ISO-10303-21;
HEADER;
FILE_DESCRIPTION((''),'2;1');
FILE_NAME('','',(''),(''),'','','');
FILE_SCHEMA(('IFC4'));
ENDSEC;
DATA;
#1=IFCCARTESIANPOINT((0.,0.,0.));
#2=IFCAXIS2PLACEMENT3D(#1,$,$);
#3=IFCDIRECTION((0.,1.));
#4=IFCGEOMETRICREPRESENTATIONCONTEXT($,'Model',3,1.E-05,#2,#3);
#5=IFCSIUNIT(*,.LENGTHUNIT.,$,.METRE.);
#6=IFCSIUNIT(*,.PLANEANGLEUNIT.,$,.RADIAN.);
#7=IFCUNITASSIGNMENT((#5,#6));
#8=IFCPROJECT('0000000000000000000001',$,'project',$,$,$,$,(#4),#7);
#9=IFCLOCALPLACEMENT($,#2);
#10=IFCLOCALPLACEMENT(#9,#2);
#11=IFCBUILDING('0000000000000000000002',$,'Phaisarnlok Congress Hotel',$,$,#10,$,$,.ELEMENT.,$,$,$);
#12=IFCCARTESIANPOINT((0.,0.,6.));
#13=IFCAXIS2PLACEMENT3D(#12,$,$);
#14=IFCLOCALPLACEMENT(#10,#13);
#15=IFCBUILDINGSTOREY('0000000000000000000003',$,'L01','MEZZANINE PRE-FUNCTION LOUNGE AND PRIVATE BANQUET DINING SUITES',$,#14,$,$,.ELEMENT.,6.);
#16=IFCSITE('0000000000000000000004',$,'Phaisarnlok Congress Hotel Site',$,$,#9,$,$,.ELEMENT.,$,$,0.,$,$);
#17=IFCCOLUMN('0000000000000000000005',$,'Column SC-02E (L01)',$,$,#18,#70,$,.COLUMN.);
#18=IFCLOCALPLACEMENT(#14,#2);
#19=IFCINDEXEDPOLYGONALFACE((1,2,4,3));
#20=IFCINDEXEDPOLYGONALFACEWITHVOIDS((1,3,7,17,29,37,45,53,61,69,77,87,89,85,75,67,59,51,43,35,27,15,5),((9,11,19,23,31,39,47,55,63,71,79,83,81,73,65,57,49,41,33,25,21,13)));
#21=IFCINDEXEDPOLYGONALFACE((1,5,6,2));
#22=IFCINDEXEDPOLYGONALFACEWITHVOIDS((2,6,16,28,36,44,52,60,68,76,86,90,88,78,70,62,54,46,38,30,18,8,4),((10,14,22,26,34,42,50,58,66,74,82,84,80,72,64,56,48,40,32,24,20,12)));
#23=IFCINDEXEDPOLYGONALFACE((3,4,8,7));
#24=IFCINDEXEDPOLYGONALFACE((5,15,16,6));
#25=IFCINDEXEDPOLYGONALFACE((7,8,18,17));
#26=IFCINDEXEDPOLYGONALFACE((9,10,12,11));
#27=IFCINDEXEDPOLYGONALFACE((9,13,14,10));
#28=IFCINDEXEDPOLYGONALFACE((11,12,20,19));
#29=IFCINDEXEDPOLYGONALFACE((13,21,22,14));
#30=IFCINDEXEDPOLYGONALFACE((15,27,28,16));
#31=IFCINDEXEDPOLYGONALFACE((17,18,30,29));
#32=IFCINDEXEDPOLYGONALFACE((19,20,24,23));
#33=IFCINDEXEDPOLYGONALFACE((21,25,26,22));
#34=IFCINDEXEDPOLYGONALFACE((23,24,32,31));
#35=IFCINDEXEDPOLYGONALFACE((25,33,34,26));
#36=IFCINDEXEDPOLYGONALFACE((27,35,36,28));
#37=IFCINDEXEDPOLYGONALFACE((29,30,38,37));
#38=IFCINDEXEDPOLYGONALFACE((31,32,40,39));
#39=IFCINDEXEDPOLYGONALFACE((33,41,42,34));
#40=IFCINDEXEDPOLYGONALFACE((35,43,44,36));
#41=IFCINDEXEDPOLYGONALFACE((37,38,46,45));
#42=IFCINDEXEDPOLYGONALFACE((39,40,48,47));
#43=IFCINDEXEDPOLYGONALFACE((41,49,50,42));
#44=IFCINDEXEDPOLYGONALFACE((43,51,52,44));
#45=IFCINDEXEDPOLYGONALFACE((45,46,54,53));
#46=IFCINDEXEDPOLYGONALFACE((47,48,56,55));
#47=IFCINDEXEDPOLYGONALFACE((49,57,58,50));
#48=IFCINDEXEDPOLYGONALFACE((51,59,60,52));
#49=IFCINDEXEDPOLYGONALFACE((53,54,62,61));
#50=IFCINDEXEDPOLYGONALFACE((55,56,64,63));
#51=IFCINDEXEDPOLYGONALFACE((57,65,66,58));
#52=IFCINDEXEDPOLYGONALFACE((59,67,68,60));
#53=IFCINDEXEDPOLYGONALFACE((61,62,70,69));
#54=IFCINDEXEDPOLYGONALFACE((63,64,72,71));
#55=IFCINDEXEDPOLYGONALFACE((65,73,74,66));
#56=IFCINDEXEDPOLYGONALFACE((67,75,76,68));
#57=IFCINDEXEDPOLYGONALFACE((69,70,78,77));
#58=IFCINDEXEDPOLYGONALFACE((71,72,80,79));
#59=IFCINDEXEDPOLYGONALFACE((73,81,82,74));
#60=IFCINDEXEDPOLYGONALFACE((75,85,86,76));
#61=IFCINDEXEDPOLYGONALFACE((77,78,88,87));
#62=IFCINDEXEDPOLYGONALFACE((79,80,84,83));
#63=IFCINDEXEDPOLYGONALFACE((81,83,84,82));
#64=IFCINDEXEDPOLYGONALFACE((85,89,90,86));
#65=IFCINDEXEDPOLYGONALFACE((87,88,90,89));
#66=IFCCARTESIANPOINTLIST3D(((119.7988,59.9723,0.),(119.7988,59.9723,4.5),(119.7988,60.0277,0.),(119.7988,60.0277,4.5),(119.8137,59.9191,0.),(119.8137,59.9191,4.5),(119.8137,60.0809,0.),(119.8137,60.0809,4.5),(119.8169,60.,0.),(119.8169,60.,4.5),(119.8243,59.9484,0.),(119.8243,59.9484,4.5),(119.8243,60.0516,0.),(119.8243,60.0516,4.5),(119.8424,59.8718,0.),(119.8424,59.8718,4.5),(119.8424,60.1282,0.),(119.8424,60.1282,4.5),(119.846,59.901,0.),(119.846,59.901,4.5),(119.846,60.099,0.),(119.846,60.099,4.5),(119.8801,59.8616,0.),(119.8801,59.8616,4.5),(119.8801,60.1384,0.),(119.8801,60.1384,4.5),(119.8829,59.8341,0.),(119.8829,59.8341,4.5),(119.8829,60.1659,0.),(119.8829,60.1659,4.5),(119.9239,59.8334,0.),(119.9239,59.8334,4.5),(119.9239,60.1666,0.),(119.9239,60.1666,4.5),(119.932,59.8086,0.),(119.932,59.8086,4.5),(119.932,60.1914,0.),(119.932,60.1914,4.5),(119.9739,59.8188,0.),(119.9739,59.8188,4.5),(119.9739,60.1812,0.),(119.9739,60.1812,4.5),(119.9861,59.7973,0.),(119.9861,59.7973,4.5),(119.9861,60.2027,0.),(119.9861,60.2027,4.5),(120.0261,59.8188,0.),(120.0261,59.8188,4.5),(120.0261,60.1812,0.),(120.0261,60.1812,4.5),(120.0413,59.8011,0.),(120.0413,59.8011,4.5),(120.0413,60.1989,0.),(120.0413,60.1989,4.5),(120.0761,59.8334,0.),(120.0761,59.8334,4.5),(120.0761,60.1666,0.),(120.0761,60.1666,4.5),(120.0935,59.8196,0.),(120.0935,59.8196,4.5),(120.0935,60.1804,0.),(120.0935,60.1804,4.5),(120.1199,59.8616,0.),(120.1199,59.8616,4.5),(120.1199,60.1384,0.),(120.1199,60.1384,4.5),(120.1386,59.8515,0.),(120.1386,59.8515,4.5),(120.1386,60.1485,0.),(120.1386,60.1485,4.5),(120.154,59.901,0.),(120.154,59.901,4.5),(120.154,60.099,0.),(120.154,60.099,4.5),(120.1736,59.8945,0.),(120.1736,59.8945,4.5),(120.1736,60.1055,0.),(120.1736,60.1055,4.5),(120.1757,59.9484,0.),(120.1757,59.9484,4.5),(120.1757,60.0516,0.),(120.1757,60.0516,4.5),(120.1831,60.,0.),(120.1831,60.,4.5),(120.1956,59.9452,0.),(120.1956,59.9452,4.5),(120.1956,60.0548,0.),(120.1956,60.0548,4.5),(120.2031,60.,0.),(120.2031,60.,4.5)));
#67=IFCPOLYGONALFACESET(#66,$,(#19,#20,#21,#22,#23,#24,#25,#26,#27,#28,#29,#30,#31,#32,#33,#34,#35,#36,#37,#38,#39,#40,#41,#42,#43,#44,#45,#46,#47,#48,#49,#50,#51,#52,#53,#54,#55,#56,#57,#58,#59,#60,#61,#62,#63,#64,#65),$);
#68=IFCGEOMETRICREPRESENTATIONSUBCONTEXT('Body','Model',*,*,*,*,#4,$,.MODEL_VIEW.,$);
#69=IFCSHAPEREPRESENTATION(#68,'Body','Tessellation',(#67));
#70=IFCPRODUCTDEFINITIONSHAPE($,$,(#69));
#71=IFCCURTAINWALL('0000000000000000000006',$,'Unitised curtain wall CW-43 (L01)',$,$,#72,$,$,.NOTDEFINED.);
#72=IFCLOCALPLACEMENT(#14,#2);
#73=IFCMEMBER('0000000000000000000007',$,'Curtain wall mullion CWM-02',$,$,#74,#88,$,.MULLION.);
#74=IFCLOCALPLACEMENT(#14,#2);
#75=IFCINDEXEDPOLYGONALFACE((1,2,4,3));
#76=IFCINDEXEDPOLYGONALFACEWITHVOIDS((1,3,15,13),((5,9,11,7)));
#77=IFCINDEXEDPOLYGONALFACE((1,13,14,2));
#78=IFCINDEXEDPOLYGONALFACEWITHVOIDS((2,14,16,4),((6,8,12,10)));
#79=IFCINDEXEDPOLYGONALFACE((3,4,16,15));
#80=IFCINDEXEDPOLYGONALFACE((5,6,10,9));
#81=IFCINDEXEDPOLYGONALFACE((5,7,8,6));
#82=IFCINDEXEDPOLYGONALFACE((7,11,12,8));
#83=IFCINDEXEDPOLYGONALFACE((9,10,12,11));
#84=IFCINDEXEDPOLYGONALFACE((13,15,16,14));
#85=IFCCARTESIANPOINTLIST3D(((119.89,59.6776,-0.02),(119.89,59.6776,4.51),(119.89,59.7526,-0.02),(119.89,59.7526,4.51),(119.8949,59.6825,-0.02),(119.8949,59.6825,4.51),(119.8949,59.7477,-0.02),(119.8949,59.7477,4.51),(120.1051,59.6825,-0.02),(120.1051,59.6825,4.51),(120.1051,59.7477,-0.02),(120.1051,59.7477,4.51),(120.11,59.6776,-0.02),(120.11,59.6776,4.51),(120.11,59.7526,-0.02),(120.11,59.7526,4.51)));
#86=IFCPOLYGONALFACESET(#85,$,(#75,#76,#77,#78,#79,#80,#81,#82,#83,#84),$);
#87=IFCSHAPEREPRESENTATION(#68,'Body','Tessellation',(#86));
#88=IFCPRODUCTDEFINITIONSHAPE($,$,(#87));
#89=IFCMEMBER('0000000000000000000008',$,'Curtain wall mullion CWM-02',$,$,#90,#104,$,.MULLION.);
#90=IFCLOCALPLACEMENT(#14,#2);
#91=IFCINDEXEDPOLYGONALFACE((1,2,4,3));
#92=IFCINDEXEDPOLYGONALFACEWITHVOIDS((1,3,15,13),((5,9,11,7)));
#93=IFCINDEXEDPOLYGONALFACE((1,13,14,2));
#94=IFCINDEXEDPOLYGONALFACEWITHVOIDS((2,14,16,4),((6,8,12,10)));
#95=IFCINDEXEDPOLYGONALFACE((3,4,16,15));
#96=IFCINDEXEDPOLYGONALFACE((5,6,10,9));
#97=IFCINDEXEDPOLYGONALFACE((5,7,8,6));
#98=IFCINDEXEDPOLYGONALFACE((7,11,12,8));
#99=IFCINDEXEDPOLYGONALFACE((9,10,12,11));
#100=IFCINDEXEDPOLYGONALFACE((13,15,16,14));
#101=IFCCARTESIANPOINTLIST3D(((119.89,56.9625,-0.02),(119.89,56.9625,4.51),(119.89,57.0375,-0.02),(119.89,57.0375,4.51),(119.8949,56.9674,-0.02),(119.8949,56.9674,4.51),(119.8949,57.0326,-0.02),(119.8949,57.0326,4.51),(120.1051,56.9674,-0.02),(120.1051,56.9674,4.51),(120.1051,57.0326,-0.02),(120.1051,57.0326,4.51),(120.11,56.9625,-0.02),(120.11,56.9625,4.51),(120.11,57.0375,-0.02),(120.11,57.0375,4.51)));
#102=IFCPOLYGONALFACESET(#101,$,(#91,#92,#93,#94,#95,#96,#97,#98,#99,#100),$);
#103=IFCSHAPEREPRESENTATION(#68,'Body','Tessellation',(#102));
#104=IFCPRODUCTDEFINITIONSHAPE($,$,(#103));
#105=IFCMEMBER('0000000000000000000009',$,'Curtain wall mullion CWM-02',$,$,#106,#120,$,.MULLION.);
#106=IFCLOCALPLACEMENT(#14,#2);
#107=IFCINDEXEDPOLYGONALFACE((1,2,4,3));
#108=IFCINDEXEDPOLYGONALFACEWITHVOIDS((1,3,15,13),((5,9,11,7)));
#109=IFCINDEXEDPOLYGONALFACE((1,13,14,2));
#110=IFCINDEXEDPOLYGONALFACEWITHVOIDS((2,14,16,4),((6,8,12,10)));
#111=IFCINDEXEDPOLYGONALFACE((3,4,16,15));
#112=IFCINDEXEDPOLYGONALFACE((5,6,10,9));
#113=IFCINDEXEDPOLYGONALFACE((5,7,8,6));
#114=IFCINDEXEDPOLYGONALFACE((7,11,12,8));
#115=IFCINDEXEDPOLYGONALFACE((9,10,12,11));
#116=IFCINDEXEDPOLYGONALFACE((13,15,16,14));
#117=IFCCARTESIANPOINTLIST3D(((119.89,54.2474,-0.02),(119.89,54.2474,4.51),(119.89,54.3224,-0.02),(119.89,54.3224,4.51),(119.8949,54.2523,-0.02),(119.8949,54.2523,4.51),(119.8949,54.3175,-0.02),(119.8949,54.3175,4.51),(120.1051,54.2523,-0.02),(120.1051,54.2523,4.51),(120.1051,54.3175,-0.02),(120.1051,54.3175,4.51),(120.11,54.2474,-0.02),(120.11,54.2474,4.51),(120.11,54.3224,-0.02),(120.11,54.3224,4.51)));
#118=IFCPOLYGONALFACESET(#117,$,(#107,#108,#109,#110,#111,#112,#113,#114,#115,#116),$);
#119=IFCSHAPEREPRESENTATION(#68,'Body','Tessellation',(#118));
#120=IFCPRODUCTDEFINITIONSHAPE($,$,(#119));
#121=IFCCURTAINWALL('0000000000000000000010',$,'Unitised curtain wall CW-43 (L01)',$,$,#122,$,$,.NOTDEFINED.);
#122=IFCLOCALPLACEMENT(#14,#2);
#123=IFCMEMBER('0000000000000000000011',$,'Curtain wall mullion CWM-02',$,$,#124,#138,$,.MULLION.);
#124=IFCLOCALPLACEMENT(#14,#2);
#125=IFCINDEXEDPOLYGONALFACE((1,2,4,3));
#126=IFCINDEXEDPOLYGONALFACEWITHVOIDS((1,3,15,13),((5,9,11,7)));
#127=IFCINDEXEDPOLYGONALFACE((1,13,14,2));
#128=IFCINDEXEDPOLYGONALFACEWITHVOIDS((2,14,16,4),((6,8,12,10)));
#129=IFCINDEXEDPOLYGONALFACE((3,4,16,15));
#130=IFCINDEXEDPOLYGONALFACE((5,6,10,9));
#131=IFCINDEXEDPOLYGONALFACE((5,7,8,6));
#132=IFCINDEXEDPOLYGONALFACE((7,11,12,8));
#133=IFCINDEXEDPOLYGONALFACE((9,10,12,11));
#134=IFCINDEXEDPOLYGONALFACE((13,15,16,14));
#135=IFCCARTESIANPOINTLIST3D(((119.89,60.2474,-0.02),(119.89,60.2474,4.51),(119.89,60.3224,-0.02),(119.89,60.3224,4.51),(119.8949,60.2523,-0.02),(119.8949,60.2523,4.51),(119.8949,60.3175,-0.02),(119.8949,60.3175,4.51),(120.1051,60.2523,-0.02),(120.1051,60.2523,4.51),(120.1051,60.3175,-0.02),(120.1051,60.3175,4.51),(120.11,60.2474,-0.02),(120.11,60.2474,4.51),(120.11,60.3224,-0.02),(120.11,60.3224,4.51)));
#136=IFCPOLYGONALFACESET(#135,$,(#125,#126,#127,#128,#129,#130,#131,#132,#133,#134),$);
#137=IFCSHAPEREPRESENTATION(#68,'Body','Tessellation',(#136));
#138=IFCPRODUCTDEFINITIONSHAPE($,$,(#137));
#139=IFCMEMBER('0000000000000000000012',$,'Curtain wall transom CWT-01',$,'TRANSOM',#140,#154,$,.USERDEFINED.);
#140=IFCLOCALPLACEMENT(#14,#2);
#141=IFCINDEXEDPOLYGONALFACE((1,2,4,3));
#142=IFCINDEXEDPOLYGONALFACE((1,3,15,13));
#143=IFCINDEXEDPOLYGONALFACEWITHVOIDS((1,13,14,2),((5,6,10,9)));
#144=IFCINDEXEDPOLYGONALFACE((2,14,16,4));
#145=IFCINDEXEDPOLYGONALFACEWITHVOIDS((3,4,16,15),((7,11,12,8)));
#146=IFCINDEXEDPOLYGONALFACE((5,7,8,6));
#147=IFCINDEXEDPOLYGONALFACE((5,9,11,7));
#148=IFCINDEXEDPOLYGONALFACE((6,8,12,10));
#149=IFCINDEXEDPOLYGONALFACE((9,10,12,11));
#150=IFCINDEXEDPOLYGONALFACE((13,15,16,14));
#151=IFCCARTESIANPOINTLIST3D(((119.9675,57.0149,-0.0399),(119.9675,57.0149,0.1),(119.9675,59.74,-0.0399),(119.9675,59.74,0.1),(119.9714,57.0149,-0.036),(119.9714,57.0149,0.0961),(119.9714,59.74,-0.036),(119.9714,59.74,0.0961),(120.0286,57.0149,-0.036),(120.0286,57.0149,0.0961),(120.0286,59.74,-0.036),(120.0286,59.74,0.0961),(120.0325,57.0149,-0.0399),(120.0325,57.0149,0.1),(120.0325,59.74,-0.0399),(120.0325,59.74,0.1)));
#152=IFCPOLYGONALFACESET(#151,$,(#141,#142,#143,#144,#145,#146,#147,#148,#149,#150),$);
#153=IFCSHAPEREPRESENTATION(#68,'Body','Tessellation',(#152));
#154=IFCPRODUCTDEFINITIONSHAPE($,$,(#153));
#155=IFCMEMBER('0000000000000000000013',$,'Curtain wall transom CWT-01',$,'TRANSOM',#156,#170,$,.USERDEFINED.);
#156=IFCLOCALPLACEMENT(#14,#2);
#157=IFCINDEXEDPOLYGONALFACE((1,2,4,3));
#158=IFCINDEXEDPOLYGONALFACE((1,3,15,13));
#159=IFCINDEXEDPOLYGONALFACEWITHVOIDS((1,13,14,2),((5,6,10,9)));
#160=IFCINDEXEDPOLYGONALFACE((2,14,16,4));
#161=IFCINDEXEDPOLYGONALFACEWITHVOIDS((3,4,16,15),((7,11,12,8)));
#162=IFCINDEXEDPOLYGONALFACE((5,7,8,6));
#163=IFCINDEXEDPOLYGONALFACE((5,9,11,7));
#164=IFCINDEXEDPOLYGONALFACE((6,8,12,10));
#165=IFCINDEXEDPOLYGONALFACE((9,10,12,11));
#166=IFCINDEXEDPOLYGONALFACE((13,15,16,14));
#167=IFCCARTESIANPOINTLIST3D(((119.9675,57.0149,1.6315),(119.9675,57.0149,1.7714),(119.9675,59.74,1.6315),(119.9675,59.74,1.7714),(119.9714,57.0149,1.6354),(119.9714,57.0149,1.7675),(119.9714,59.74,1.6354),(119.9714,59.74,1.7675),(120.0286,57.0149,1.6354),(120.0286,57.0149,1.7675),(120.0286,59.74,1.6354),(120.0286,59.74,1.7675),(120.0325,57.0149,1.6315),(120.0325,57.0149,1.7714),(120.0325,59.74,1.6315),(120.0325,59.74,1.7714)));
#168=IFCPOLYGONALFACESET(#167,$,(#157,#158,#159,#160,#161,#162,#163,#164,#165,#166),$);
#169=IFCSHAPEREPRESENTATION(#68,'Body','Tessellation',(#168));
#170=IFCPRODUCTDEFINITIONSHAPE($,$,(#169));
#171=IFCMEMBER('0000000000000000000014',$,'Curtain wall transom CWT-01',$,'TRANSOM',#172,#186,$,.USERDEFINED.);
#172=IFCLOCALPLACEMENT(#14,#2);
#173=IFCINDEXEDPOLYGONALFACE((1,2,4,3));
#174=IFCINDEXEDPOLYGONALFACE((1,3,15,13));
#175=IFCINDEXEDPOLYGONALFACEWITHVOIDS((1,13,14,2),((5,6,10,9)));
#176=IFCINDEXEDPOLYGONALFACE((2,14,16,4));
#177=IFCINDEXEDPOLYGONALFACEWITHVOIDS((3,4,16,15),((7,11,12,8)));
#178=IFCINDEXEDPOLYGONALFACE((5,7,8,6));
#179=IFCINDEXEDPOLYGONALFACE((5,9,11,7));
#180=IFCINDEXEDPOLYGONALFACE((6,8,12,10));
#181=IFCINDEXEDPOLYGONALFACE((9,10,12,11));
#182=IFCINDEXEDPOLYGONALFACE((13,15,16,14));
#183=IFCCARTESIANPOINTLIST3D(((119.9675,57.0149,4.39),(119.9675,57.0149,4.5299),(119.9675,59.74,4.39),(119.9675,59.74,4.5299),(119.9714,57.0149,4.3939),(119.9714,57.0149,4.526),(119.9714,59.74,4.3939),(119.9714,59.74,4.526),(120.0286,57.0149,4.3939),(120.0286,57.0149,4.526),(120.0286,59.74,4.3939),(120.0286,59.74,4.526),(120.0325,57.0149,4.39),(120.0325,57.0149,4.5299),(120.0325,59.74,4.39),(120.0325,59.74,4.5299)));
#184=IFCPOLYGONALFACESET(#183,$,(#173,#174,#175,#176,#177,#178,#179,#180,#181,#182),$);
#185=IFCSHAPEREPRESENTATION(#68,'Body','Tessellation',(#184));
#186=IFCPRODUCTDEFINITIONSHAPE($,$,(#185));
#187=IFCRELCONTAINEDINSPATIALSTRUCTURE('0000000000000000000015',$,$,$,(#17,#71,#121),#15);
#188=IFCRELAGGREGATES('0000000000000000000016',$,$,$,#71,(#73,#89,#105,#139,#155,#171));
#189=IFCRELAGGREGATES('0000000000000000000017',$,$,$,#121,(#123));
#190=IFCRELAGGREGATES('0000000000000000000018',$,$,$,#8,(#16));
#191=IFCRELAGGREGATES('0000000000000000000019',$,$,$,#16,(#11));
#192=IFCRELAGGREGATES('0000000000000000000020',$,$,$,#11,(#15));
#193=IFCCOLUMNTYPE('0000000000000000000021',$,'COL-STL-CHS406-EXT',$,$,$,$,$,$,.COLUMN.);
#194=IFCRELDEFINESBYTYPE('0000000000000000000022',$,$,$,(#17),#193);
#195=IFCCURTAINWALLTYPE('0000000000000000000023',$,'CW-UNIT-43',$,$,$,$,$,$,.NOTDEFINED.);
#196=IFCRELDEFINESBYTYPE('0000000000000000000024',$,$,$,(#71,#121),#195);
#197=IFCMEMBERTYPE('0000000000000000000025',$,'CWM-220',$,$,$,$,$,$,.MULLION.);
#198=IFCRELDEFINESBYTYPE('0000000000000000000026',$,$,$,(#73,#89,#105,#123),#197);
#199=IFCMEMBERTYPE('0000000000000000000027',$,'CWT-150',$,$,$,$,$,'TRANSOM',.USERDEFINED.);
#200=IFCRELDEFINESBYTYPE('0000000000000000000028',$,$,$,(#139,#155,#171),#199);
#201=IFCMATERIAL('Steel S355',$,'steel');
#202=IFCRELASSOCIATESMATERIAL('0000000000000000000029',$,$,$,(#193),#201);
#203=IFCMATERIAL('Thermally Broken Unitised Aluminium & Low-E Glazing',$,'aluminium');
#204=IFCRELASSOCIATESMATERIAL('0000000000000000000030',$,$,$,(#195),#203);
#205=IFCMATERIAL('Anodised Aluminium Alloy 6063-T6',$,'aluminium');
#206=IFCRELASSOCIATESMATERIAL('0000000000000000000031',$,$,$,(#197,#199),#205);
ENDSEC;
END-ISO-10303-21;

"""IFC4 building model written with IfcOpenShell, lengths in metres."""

from ifc_helpers import new_model, si_unit, direction, frame, origin, origin_2d, place, context, subcontext, project, spatial, hollow_rectangle, hollow_circle, extrude, material, material_profile, profile_set, type_object, element, aggregate, save


model = new_model("IFC4")

# Units and contexts
model_context = context("Model", 3, precision=1e-05, world=origin(), true_north=direction((0.0, 1.0)))
body_context = subcontext(model_context, "Body", "Model", "MODEL_VIEW")
ifc_project = project(units=[si_unit("LENGTHUNIT", "METRE"), si_unit("PLANEANGLEUNIT", "RADIAN")], contexts=[model_context])

# Site, building, storey
site_placement = place(None, origin())
site = spatial("IfcSite", under=ifc_project, at=site_placement, Name="Phaisarnlok Congress Hotel Site", CompositionType="ELEMENT", RefElevation=0.0)
building_placement = place(site_placement, origin())
building = spatial("IfcBuilding", under=site, at=building_placement, Name="Phaisarnlok Congress Hotel", CompositionType="ELEMENT")
storey_placement = place(building_placement, frame((0.0, 0.0, 6.0)))
storey = spatial("IfcBuildingStorey", under=building, at=storey_placement, Name="L01", Description="MEZZANINE PRE-FUNCTION LOUNGE AND PRIVATE BANQUET DINING SUITES", CompositionType="ELEMENT", Elevation=6.0)

# Column
ifc_material_1 = material(Name="Steel S355", Category="steel")
ifc_material_profile_1 = material_profile(ifc_material_1, hollow_circle(Radius=0.2031, WallThickness=0.02, at=origin_2d()), Name="CHS 406.4x20")
ifc_profile_set_1 = profile_set([ifc_material_profile_1], Name="Steel S355")
column_type = type_object("IfcColumnType", Name="COL-STL-CHS406-EXT", PredefinedType="COLUMN", material=ifc_profile_set_1)
column_placement = place(storey_placement, frame((120.0, 60.0, 0.0), z_axis=(0.0, 0.0, 1.0), x_axis=(1.0, 0.0, 0.0)))
element("IfcColumn", 1, at=column_placement, inside=storey, type_object=column_type, Name="Column SC-02E (L01)", PredefinedType="COLUMN", context=body_context, shape_type="SweptSolid", body=[
    extrude(hollow_circle(Radius=0.2031, WallThickness=0.02, at=origin_2d()), origin(), (0.0, 0.0, 1.0), 4.5),
])

# Curtain wall, members
ifc_material_2 = material(Name="Thermally Broken Unitised Aluminium & Low-E Glazing", Category="aluminium")
curtain_wall_type = type_object("IfcCurtainWallType", Name="CW-UNIT-43", PredefinedType="NOTDEFINED", material=ifc_material_2)
curtain_wall_1_placement = place(storey_placement, origin())
curtain_wall_1 = element("IfcCurtainWall", 2, at=curtain_wall_1_placement, inside=storey, type_object=curtain_wall_type, Name="Unitised curtain wall CW-43 (L01)", PredefinedType="NOTDEFINED")
ifc_material_3 = material(Name="Anodised Aluminium Alloy 6063-T6", Category="aluminium")
ifc_material_profile_2 = material_profile(ifc_material_3, hollow_rectangle(XDim=0.075, YDim=0.22, WallThickness=0.0049, at=origin_2d()), Name="ALU-M 75x220x5")
ifc_profile_set_2 = profile_set([ifc_material_profile_2], Name="Anodised Aluminium Alloy 6063-T6")
member_type_1 = type_object("IfcMemberType", Name="CWM-220", PredefinedType="MULLION", material=ifc_profile_set_2)
member_1_placement = place(storey_placement, frame((120.0, 59.7151, -0.02), z_axis=(0.0, 0.0, 1.0), x_axis=(0.0, -1.0, 0.0)))
member_1 = element("IfcMember", 3, at=member_1_placement, type_object=member_type_1, Name="Curtain wall mullion CWM-02", PredefinedType="MULLION", context=body_context, shape_type="SweptSolid", body=[
    extrude(hollow_rectangle(XDim=0.075, YDim=0.22, WallThickness=0.0049, at=origin_2d()), origin(), (0.0, 0.0, 1.0), 4.53),
])
member_2_placement = place(storey_placement, frame((120.0, 57.0, -0.02), z_axis=(0.0, 0.0, 1.0), x_axis=(0.0, -1.0, 0.0)))
member_2 = element("IfcMember", 4, at=member_2_placement, type_object=member_type_1, Name="Curtain wall mullion CWM-02", PredefinedType="MULLION", context=body_context, shape_type="SweptSolid", body=[
    extrude(hollow_rectangle(XDim=0.075, YDim=0.22, WallThickness=0.0049, at=origin_2d()), origin(), (0.0, 0.0, 1.0), 4.53),
])
member_3_placement = place(storey_placement, frame((120.0, 54.2849, -0.02), z_axis=(0.0, 0.0, 1.0), x_axis=(0.0, -1.0, 0.0)))
member_3 = element("IfcMember", 5, at=member_3_placement, type_object=member_type_1, Name="Curtain wall mullion CWM-02", PredefinedType="MULLION", context=body_context, shape_type="SweptSolid", body=[
    extrude(hollow_rectangle(XDim=0.075, YDim=0.22, WallThickness=0.0049, at=origin_2d()), origin(), (0.0, 0.0, 1.0), 4.53),
])

# Curtain wall, member
curtain_wall_2_placement = place(storey_placement, origin())
curtain_wall_2 = element("IfcCurtainWall", 6, at=curtain_wall_2_placement, inside=storey, type_object=curtain_wall_type, Name="Unitised curtain wall CW-43 (L01)", PredefinedType="NOTDEFINED")
member_4_placement = place(storey_placement, frame((120.0, 60.2849, -0.02), z_axis=(0.0, 0.0, 1.0), x_axis=(0.0, -1.0, 0.0)))
member_4 = element("IfcMember", 7, at=member_4_placement, type_object=member_type_1, Name="Curtain wall mullion CWM-02", PredefinedType="MULLION", context=body_context, shape_type="SweptSolid", body=[
    extrude(hollow_rectangle(XDim=0.075, YDim=0.22, WallThickness=0.0049, at=origin_2d()), origin(), (0.0, 0.0, 1.0), 4.53),
])

# Members
ifc_material_profile_3 = material_profile(ifc_material_3, hollow_rectangle(XDim=0.0649, YDim=0.1399, WallThickness=0.0039, at=origin_2d()), Name="ALU-T 65x140x4")
ifc_profile_set_3 = profile_set([ifc_material_profile_3], Name="Anodised Aluminium Alloy 6063-T6")
member_type_2 = type_object("IfcMemberType", Name="CWT-150", ElementType="TRANSOM", PredefinedType="USERDEFINED", material=ifc_profile_set_3)
member_5_placement = place(storey_placement, frame((120.0, 59.74, 0.03), z_axis=(0.0, -1.0, 0.0), x_axis=(1.0, 0.0, 0.0)))
member_5 = element("IfcMember", 8, at=member_5_placement, type_object=member_type_2, Name="Curtain wall transom CWT-01", ObjectType="TRANSOM", PredefinedType="USERDEFINED", context=body_context, shape_type="SweptSolid", body=[
    extrude(hollow_rectangle(XDim=0.0649, YDim=0.1399, WallThickness=0.0039, at=origin_2d()), origin(), (0.0, 0.0, 1.0), 2.7251),
])
member_6_placement = place(storey_placement, frame((120.0, 59.74, 1.7014), z_axis=(0.0, -1.0, 0.0), x_axis=(1.0, 0.0, 0.0)))
member_6 = element("IfcMember", 9, at=member_6_placement, type_object=member_type_2, Name="Curtain wall transom CWT-01", ObjectType="TRANSOM", PredefinedType="USERDEFINED", context=body_context, shape_type="SweptSolid", body=[
    extrude(hollow_rectangle(XDim=0.0649, YDim=0.1399, WallThickness=0.0039, at=origin_2d()), origin(), (0.0, 0.0, 1.0), 2.7251),
])
member_7_placement = place(storey_placement, frame((120.0, 59.74, 4.46), z_axis=(0.0, -1.0, 0.0), x_axis=(1.0, 0.0, 0.0)))
member_7 = element("IfcMember", 10, at=member_7_placement, type_object=member_type_2, Name="Curtain wall transom CWT-01", ObjectType="TRANSOM", PredefinedType="USERDEFINED", context=body_context, shape_type="SweptSolid", body=[
    extrude(hollow_rectangle(XDim=0.0649, YDim=0.1399, WallThickness=0.0039, at=origin_2d()), origin(), (0.0, 0.0, 1.0), 2.7251),
])

aggregate(curtain_wall_1, [member_1, member_2, member_3, member_5, member_6, member_7])
aggregate(curtain_wall_2, [member_4])

save(model, "model.ifc")
